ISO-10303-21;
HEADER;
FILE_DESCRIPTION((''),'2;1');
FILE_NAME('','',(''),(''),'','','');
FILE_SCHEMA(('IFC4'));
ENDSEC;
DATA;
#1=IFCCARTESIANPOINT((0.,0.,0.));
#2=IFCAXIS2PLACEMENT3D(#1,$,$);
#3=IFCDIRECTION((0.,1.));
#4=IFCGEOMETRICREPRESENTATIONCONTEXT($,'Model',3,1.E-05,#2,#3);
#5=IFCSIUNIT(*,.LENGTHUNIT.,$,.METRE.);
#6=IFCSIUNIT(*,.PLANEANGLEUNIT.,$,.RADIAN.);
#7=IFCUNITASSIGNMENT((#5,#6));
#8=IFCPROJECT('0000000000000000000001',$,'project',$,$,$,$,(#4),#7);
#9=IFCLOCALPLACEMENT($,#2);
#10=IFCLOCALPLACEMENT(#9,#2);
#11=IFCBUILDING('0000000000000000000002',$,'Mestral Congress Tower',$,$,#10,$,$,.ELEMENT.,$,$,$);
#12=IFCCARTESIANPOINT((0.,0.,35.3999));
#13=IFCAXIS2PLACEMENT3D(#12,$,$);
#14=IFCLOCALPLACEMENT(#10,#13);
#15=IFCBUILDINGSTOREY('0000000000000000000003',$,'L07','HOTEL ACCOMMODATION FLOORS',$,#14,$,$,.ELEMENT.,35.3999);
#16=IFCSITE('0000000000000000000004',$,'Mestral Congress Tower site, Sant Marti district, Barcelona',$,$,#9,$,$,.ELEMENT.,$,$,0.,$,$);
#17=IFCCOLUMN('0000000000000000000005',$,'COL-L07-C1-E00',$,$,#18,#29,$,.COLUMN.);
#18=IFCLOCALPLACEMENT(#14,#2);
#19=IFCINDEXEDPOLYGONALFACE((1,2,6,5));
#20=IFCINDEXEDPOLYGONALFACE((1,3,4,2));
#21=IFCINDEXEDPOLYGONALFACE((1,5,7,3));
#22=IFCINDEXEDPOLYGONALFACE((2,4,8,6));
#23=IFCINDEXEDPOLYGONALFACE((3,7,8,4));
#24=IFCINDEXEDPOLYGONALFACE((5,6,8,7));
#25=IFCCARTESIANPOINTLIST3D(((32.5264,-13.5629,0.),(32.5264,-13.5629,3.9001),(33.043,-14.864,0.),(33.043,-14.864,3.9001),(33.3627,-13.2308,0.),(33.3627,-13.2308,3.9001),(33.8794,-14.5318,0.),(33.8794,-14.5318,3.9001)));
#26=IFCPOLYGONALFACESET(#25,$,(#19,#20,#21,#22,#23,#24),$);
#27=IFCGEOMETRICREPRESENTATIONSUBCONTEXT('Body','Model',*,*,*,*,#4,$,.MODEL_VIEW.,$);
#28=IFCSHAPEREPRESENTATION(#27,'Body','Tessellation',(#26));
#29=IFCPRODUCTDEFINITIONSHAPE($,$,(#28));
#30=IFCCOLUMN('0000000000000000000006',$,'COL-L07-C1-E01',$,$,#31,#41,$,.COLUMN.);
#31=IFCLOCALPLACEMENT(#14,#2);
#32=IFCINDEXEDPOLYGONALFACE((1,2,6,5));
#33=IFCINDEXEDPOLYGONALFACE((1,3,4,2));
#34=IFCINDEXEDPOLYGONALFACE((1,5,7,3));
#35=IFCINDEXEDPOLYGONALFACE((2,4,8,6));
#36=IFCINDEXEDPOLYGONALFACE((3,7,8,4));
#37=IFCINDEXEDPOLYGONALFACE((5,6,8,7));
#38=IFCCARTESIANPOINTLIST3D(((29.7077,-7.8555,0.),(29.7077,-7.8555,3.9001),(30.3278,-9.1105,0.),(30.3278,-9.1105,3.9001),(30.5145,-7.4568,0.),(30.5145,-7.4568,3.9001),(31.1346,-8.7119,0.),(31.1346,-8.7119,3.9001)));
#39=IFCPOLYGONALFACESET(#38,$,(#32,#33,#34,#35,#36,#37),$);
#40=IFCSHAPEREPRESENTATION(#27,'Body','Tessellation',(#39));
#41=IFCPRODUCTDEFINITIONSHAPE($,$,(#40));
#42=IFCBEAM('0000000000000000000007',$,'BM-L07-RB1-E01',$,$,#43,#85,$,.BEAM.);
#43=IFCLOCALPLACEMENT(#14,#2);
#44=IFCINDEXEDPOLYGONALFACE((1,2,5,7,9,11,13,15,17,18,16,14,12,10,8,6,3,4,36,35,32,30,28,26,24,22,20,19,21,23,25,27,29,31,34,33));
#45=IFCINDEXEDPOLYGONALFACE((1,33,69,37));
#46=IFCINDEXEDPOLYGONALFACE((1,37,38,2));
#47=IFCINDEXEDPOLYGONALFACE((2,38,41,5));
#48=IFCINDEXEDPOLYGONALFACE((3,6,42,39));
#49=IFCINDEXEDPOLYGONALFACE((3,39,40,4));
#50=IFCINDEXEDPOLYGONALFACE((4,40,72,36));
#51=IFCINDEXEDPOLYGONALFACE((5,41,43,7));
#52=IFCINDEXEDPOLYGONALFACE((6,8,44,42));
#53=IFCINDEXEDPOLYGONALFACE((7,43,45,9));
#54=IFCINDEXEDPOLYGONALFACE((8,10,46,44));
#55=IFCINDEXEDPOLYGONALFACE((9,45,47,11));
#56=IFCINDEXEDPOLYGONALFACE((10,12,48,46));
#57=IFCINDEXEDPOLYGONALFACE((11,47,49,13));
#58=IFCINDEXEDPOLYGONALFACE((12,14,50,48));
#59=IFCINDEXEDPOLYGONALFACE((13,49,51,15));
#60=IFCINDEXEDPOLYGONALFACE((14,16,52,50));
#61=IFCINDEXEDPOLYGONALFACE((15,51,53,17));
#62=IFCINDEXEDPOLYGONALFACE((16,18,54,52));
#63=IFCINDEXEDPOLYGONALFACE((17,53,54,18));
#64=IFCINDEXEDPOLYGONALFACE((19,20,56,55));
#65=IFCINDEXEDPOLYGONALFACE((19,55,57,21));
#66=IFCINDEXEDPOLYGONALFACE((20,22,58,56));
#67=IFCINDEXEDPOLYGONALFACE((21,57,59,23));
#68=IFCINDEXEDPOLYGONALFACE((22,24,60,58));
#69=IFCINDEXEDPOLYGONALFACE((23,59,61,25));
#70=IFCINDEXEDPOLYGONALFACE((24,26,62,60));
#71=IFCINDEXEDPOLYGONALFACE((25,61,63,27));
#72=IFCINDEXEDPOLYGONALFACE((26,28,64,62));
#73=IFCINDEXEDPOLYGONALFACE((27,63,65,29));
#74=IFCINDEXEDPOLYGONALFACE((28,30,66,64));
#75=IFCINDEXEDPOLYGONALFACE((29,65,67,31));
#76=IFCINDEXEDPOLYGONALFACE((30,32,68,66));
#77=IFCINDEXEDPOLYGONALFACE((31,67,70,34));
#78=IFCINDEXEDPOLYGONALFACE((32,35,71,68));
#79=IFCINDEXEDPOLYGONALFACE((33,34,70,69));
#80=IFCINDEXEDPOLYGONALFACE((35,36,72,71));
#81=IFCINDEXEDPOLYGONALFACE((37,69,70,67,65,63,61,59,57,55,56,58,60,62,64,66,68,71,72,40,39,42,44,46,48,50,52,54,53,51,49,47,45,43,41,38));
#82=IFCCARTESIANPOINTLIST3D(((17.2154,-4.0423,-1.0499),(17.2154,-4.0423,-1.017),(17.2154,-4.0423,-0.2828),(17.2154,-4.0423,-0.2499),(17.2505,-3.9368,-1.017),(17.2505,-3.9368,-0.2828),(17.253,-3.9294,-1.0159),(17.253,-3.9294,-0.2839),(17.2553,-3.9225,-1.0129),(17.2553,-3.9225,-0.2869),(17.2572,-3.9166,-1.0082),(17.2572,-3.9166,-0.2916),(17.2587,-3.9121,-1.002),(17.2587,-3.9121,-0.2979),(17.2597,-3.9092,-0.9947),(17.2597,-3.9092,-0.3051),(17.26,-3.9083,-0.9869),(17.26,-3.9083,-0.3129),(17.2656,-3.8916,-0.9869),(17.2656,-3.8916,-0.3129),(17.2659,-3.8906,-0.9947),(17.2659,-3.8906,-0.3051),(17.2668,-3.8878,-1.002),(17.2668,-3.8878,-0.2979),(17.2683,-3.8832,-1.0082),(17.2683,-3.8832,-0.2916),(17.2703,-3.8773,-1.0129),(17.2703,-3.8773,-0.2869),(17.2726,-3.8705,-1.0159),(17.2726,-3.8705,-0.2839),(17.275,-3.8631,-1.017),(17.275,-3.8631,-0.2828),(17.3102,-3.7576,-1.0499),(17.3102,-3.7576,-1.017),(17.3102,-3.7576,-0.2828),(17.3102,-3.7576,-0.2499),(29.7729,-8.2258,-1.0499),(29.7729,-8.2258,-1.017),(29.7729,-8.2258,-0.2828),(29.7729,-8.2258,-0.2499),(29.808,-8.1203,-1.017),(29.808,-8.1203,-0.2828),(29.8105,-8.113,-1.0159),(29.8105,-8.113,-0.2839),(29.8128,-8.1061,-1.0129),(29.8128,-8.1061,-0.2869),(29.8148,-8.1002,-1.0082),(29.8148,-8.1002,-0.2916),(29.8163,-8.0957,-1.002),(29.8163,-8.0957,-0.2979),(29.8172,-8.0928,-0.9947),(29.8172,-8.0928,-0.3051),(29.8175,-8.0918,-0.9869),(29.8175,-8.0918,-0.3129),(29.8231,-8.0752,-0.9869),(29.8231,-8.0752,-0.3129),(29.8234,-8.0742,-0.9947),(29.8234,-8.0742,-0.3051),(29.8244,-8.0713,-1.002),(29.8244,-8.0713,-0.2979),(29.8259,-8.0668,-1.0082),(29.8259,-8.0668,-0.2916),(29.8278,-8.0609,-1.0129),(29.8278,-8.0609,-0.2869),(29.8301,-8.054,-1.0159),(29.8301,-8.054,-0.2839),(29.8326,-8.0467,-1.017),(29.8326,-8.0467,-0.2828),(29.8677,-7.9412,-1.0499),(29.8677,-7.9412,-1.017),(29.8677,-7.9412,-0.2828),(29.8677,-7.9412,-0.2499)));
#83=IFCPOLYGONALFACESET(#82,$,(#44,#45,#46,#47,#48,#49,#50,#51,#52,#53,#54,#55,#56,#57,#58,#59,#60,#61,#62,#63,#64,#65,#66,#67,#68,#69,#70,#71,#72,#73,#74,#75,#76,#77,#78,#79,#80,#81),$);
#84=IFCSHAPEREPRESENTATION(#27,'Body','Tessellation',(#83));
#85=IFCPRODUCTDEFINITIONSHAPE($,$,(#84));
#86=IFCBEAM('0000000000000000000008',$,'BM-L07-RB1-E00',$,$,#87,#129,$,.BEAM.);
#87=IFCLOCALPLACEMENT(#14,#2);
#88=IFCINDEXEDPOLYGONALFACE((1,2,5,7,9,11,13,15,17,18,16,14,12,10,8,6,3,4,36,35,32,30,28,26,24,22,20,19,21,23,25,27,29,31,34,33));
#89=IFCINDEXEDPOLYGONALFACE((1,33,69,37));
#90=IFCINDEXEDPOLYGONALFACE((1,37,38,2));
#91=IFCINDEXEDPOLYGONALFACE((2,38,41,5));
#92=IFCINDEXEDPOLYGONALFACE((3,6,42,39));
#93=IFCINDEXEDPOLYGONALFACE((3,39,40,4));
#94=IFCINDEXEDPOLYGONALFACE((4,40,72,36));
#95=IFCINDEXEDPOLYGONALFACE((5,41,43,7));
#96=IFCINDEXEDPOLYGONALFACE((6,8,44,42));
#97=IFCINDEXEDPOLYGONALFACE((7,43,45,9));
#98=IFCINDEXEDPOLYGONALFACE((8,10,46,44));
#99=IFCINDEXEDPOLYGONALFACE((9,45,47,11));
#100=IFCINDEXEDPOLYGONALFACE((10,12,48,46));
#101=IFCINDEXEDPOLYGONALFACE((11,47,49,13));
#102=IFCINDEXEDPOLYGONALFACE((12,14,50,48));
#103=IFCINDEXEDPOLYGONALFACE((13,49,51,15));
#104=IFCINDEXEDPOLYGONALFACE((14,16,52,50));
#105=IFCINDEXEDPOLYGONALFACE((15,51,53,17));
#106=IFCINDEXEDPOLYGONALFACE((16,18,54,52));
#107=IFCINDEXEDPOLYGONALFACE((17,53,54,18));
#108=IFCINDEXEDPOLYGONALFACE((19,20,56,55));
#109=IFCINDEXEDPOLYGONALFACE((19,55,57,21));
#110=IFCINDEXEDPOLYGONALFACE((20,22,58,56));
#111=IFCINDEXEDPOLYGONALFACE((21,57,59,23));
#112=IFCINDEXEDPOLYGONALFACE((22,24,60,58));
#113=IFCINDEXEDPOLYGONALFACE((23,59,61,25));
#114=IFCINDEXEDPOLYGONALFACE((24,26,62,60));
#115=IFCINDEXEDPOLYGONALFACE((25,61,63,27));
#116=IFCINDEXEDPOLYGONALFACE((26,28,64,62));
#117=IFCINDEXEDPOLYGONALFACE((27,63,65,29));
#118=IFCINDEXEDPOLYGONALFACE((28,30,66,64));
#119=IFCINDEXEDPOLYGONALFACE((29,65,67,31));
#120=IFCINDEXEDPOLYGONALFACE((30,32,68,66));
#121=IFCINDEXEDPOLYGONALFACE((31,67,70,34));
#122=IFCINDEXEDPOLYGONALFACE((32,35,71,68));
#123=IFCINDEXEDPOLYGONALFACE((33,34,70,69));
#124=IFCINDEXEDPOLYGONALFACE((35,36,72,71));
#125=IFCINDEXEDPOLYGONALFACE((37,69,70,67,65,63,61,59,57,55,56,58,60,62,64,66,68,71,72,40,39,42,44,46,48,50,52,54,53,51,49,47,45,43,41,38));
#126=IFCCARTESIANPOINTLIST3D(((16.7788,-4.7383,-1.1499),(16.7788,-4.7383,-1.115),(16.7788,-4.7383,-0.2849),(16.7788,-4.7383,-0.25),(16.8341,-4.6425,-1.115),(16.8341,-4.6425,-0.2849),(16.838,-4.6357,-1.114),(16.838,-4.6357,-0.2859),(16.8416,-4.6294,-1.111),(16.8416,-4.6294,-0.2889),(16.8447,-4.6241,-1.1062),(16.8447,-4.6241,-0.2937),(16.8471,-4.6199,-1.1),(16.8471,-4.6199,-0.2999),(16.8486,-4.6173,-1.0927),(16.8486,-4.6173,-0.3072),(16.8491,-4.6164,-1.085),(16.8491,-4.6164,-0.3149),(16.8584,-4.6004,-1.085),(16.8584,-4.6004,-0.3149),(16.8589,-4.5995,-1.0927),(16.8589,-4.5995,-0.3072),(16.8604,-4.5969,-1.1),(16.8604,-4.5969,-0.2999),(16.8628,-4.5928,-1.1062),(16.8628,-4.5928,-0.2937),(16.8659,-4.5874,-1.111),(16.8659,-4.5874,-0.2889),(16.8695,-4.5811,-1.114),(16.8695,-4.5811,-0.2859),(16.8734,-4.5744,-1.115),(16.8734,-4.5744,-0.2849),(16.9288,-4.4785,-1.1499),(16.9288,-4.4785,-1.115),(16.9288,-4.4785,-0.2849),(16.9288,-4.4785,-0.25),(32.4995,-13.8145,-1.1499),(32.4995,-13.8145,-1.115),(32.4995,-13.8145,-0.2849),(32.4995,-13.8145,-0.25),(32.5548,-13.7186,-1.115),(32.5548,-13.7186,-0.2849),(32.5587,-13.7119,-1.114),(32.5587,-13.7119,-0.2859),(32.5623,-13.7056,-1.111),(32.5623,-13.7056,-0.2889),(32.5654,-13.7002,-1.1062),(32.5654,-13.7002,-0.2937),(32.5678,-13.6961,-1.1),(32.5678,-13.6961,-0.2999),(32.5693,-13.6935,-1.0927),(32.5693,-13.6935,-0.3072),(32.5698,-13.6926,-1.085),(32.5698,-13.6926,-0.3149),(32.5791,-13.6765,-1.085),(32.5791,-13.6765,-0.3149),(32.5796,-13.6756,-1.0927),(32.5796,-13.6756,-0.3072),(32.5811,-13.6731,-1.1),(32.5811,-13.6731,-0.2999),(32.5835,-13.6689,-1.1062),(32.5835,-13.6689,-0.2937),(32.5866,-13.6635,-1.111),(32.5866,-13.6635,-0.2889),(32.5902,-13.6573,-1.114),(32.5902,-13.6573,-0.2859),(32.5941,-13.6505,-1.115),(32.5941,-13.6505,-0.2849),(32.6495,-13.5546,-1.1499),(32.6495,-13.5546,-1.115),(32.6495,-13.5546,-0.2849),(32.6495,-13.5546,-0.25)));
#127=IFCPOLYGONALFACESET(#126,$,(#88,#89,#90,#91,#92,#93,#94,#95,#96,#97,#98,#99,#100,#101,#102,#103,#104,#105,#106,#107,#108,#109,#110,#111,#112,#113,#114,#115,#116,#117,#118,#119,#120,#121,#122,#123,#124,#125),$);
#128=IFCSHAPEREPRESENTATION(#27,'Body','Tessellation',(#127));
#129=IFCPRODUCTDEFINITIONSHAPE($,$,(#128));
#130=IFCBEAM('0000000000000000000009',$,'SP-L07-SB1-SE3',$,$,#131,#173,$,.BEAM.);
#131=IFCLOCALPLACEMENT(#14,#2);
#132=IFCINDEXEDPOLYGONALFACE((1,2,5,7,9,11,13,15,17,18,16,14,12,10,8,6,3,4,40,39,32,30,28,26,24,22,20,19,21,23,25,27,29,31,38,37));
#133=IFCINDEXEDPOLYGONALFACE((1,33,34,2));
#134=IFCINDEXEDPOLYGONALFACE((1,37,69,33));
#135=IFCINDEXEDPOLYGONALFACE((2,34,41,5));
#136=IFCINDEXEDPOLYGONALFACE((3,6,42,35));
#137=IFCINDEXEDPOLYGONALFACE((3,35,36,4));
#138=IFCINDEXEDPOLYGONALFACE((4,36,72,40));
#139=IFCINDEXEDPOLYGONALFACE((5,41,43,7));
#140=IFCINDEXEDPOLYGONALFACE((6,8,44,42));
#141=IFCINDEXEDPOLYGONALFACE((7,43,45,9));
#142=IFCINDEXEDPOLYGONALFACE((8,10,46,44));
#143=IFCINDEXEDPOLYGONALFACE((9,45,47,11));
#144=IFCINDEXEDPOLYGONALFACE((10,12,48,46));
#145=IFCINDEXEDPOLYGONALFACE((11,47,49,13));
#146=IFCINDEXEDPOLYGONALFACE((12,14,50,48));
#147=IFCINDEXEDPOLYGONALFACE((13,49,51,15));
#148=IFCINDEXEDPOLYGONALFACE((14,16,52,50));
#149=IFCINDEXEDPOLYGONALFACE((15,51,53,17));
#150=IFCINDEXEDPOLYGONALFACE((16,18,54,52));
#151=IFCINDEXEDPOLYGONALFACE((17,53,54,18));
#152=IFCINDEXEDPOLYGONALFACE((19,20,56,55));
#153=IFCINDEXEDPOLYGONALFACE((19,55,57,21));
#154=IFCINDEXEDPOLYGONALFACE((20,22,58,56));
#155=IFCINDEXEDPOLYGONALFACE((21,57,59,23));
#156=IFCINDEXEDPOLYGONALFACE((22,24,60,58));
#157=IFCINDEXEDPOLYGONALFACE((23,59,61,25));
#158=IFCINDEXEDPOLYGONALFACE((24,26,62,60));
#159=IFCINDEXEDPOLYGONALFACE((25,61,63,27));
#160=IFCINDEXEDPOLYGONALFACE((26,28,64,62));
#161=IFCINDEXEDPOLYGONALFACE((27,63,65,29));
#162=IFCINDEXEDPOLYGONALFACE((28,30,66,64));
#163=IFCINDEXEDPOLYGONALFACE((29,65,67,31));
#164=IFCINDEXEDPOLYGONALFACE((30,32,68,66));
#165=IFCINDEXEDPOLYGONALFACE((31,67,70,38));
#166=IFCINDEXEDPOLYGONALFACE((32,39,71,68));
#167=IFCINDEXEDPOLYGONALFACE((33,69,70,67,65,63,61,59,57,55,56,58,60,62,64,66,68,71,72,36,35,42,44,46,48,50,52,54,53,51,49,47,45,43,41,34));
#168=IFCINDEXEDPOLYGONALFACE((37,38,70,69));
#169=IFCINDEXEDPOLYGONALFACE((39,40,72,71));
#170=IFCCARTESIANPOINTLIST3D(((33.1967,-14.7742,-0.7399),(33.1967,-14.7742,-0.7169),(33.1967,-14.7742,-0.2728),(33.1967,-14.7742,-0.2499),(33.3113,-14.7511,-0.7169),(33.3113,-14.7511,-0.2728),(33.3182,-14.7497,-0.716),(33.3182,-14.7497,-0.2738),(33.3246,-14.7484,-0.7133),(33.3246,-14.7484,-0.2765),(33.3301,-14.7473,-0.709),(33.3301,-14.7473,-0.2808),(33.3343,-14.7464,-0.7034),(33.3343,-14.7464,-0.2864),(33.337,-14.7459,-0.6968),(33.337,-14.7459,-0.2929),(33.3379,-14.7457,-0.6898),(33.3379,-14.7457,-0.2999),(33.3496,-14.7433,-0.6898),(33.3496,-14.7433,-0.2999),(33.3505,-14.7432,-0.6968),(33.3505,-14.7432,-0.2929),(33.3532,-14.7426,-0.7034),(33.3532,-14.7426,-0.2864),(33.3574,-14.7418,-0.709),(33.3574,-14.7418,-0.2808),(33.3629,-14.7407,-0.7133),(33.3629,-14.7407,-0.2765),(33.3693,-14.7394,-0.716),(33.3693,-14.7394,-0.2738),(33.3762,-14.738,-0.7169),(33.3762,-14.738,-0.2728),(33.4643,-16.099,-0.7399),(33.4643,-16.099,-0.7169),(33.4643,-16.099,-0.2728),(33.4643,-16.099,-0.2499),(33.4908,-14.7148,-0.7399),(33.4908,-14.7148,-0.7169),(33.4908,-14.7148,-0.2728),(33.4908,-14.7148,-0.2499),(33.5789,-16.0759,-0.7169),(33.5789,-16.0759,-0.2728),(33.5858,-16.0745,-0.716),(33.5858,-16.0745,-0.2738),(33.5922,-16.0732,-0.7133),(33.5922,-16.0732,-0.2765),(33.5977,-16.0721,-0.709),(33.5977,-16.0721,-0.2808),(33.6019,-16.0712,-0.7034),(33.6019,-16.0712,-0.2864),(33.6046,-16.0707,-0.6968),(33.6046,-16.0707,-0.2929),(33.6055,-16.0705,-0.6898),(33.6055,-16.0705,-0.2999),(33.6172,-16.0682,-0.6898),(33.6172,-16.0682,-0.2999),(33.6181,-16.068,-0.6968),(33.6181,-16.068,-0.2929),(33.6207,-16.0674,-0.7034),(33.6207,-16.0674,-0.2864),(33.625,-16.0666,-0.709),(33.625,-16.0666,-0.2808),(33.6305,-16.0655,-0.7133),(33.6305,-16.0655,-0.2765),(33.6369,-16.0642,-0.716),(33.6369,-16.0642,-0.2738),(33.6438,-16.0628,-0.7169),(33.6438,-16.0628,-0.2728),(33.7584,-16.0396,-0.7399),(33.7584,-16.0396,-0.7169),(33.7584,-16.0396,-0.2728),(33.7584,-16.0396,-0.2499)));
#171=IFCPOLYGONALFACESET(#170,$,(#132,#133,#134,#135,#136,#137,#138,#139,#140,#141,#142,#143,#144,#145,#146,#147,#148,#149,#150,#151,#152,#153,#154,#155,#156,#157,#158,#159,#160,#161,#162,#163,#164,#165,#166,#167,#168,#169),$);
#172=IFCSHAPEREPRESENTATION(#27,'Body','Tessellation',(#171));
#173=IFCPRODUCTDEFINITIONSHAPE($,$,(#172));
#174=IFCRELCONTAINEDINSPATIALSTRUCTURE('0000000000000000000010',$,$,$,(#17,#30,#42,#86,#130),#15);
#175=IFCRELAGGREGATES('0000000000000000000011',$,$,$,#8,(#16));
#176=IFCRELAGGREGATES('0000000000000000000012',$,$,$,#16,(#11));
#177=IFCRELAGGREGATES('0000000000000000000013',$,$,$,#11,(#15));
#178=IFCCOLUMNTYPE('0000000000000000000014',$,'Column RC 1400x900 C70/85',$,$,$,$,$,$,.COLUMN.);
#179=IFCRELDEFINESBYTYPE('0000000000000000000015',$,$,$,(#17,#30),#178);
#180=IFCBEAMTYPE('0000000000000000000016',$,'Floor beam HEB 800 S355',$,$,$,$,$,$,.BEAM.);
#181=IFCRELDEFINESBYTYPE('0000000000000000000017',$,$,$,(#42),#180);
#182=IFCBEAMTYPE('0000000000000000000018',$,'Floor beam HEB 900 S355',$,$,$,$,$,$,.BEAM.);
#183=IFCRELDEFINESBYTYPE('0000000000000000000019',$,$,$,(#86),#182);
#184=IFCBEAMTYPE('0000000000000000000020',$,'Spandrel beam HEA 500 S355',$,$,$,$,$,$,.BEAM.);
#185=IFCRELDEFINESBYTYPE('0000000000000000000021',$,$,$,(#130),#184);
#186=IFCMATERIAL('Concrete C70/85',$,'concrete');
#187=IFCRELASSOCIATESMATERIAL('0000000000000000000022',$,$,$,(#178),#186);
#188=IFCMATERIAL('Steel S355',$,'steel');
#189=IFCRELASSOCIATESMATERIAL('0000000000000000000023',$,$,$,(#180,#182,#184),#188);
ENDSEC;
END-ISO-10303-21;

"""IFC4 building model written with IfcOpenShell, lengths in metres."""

from ifc_helpers import new_model, si_unit, direction, frame, origin, origin_2d, place, context, subcontext, project, spatial, rectangle, i_section, extrude, material, material_profile, profile_set, type_object, element, save


model = new_model("IFC4")

# Units and contexts
model_context = context("Model", 3, precision=1e-05, world=origin(), true_north=direction((0.0, 1.0)))
body_context = subcontext(model_context, "Body", "Model", "MODEL_VIEW")
ifc_project = project(units=[si_unit("LENGTHUNIT", "METRE"), si_unit("PLANEANGLEUNIT", "RADIAN")], contexts=[model_context])

# Site, building, storey
site_placement = place(None, origin())
site = spatial("IfcSite", under=ifc_project, at=site_placement, Name="Mestral Congress Tower site, Sant Marti district, Barcelona", CompositionType="ELEMENT", RefElevation=0.0)
building_placement = place(site_placement, origin())
building = spatial("IfcBuilding", under=site, at=building_placement, Name="Mestral Congress Tower", CompositionType="ELEMENT")
storey_placement = place(building_placement, frame((0.0, 0.0, 35.3999)))
storey = spatial("IfcBuildingStorey", under=building, at=storey_placement, Name="L07", Description="HOTEL ACCOMMODATION FLOORS", CompositionType="ELEMENT", Elevation=35.3999)

# Columns
ifc_material_1 = material(Name="Concrete C70/85", Category="concrete")
ifc_material_profile_1 = material_profile(ifc_material_1, rectangle(XDim=1.3999, YDim=0.8999, at=origin_2d()), Name="RC 1400x900")
ifc_profile_set_1 = profile_set([ifc_material_profile_1], Name="Concrete C70/85")
column_type = type_object("IfcColumnType", Name="Column RC 1400x900 C70/85", PredefinedType="COLUMN", material=ifc_profile_set_1)
for number, where, z_axis, x_axis, name in (
    (1, (33.2029, -14.0474, 0.0), (0.0, 0.0, 1.0), (-0.36909, 0.929394, 0.0), "COL-L07-C1-E00"),
    (2, (30.4211, -8.2837, 0.0), (0.0, 0.0, 1.0), (-0.442959, 0.896542, 0.0), "COL-L07-C1-E01"),
):
    element("IfcColumn", number, at=place(storey_placement, frame(where, z_axis=z_axis, x_axis=x_axis)), inside=storey, type_object=column_type, Name=name, PredefinedType="COLUMN", context=body_context, shape_type="SweptSolid", body=[
        extrude(rectangle(XDim=1.3999, YDim=0.8999, at=origin_2d()), origin(), (0.0, 0.0, 1.0), 3.9001),
    ])

# Beams
ifc_material_2 = material(Name="Steel S355", Category="steel")
ifc_material_profile_2 = material_profile(ifc_material_2, i_section(OverallWidth=0.3, OverallDepth=0.8, WebThickness=0.0176, FlangeThickness=0.033, FilletRadius=0.03, at=origin_2d()), Name="HEB 800")
ifc_profile_set_2 = profile_set([ifc_material_profile_2], Name="Steel S355")
beam_type_1 = type_object("IfcBeamType", Name="Floor beam HEB 800 S355", PredefinedType="BEAM", material=ifc_profile_set_2)
beam_1_placement = place(storey_placement, frame((29.8203, -8.0835, -0.6499), z_axis=(-0.948735, 0.316073, 0.0), x_axis=(-0.316073, -0.948735, 0.0)))
element("IfcBeam", 3, at=beam_1_placement, inside=storey, type_object=beam_type_1, Name="BM-L07-RB1-E01", PredefinedType="BEAM", context=body_context, shape_type="SweptSolid", body=[
    extrude(i_section(OverallWidth=0.3, OverallDepth=0.8, WebThickness=0.0176, FlangeThickness=0.033, FilletRadius=0.03, at=origin_2d()), origin(), (0.0, 0.0, 1.0), 13.2361),
])
ifc_material_profile_3 = material_profile(ifc_material_2, i_section(OverallWidth=0.3, OverallDepth=0.8999, WebThickness=0.0186, FlangeThickness=0.0349, FilletRadius=0.03, at=origin_2d()), Name="HEB 900")
ifc_profile_set_3 = profile_set([ifc_material_profile_3], Name="Steel S355")
beam_type_2 = type_object("IfcBeamType", Name="Floor beam HEB 900 S355", PredefinedType="BEAM", material=ifc_profile_set_3)
beam_2_placement = place(storey_placement, frame((32.5745, -13.6846, -0.7), z_axis=(-0.86603, 0.499993, 0.0), x_axis=(-0.499993, -0.86603, 0.0)))
element("IfcBeam", 4, at=beam_2_placement, inside=storey, type_object=beam_type_2, Name="BM-L07-RB1-E00", PredefinedType="BEAM", context=body_context, shape_type="SweptSolid", body=[
    extrude(i_section(OverallWidth=0.3, OverallDepth=0.8999, WebThickness=0.0186, FlangeThickness=0.0349, FilletRadius=0.03, at=origin_2d()), origin(), (0.0, 0.0, 1.0), 18.1526),
])
ifc_material_profile_4 = material_profile(ifc_material_2, i_section(OverallWidth=0.3, OverallDepth=0.49, WebThickness=0.012, FlangeThickness=0.0229, FilletRadius=0.0271, at=origin_2d()), Name="HEA 500")
ifc_profile_set_4 = profile_set([ifc_material_profile_4], Name="Steel S355")
beam_type_3 = type_object("IfcBeamType", Name="Spandrel beam HEA 500 S355", PredefinedType="BEAM", material=ifc_profile_set_4)
beam_3_placement = place(storey_placement, frame((33.6113, -16.0693, -0.4949), z_axis=(-0.197992, 0.980204, 0.0), x_axis=(-0.980204, -0.197992, 0.0)))
element("IfcBeam", 5, at=beam_3_placement, inside=storey, type_object=beam_type_3, Name="SP-L07-SB1-SE3", PredefinedType="BEAM", context=body_context, shape_type="SweptSolid", body=[
    extrude(i_section(OverallWidth=0.3, OverallDepth=0.49, WebThickness=0.012, FlangeThickness=0.0229, FilletRadius=0.0271, at=origin_2d()), origin(), (0.0, 0.0, 1.0), 1.3516),
])

save(model, "model.ifc")
